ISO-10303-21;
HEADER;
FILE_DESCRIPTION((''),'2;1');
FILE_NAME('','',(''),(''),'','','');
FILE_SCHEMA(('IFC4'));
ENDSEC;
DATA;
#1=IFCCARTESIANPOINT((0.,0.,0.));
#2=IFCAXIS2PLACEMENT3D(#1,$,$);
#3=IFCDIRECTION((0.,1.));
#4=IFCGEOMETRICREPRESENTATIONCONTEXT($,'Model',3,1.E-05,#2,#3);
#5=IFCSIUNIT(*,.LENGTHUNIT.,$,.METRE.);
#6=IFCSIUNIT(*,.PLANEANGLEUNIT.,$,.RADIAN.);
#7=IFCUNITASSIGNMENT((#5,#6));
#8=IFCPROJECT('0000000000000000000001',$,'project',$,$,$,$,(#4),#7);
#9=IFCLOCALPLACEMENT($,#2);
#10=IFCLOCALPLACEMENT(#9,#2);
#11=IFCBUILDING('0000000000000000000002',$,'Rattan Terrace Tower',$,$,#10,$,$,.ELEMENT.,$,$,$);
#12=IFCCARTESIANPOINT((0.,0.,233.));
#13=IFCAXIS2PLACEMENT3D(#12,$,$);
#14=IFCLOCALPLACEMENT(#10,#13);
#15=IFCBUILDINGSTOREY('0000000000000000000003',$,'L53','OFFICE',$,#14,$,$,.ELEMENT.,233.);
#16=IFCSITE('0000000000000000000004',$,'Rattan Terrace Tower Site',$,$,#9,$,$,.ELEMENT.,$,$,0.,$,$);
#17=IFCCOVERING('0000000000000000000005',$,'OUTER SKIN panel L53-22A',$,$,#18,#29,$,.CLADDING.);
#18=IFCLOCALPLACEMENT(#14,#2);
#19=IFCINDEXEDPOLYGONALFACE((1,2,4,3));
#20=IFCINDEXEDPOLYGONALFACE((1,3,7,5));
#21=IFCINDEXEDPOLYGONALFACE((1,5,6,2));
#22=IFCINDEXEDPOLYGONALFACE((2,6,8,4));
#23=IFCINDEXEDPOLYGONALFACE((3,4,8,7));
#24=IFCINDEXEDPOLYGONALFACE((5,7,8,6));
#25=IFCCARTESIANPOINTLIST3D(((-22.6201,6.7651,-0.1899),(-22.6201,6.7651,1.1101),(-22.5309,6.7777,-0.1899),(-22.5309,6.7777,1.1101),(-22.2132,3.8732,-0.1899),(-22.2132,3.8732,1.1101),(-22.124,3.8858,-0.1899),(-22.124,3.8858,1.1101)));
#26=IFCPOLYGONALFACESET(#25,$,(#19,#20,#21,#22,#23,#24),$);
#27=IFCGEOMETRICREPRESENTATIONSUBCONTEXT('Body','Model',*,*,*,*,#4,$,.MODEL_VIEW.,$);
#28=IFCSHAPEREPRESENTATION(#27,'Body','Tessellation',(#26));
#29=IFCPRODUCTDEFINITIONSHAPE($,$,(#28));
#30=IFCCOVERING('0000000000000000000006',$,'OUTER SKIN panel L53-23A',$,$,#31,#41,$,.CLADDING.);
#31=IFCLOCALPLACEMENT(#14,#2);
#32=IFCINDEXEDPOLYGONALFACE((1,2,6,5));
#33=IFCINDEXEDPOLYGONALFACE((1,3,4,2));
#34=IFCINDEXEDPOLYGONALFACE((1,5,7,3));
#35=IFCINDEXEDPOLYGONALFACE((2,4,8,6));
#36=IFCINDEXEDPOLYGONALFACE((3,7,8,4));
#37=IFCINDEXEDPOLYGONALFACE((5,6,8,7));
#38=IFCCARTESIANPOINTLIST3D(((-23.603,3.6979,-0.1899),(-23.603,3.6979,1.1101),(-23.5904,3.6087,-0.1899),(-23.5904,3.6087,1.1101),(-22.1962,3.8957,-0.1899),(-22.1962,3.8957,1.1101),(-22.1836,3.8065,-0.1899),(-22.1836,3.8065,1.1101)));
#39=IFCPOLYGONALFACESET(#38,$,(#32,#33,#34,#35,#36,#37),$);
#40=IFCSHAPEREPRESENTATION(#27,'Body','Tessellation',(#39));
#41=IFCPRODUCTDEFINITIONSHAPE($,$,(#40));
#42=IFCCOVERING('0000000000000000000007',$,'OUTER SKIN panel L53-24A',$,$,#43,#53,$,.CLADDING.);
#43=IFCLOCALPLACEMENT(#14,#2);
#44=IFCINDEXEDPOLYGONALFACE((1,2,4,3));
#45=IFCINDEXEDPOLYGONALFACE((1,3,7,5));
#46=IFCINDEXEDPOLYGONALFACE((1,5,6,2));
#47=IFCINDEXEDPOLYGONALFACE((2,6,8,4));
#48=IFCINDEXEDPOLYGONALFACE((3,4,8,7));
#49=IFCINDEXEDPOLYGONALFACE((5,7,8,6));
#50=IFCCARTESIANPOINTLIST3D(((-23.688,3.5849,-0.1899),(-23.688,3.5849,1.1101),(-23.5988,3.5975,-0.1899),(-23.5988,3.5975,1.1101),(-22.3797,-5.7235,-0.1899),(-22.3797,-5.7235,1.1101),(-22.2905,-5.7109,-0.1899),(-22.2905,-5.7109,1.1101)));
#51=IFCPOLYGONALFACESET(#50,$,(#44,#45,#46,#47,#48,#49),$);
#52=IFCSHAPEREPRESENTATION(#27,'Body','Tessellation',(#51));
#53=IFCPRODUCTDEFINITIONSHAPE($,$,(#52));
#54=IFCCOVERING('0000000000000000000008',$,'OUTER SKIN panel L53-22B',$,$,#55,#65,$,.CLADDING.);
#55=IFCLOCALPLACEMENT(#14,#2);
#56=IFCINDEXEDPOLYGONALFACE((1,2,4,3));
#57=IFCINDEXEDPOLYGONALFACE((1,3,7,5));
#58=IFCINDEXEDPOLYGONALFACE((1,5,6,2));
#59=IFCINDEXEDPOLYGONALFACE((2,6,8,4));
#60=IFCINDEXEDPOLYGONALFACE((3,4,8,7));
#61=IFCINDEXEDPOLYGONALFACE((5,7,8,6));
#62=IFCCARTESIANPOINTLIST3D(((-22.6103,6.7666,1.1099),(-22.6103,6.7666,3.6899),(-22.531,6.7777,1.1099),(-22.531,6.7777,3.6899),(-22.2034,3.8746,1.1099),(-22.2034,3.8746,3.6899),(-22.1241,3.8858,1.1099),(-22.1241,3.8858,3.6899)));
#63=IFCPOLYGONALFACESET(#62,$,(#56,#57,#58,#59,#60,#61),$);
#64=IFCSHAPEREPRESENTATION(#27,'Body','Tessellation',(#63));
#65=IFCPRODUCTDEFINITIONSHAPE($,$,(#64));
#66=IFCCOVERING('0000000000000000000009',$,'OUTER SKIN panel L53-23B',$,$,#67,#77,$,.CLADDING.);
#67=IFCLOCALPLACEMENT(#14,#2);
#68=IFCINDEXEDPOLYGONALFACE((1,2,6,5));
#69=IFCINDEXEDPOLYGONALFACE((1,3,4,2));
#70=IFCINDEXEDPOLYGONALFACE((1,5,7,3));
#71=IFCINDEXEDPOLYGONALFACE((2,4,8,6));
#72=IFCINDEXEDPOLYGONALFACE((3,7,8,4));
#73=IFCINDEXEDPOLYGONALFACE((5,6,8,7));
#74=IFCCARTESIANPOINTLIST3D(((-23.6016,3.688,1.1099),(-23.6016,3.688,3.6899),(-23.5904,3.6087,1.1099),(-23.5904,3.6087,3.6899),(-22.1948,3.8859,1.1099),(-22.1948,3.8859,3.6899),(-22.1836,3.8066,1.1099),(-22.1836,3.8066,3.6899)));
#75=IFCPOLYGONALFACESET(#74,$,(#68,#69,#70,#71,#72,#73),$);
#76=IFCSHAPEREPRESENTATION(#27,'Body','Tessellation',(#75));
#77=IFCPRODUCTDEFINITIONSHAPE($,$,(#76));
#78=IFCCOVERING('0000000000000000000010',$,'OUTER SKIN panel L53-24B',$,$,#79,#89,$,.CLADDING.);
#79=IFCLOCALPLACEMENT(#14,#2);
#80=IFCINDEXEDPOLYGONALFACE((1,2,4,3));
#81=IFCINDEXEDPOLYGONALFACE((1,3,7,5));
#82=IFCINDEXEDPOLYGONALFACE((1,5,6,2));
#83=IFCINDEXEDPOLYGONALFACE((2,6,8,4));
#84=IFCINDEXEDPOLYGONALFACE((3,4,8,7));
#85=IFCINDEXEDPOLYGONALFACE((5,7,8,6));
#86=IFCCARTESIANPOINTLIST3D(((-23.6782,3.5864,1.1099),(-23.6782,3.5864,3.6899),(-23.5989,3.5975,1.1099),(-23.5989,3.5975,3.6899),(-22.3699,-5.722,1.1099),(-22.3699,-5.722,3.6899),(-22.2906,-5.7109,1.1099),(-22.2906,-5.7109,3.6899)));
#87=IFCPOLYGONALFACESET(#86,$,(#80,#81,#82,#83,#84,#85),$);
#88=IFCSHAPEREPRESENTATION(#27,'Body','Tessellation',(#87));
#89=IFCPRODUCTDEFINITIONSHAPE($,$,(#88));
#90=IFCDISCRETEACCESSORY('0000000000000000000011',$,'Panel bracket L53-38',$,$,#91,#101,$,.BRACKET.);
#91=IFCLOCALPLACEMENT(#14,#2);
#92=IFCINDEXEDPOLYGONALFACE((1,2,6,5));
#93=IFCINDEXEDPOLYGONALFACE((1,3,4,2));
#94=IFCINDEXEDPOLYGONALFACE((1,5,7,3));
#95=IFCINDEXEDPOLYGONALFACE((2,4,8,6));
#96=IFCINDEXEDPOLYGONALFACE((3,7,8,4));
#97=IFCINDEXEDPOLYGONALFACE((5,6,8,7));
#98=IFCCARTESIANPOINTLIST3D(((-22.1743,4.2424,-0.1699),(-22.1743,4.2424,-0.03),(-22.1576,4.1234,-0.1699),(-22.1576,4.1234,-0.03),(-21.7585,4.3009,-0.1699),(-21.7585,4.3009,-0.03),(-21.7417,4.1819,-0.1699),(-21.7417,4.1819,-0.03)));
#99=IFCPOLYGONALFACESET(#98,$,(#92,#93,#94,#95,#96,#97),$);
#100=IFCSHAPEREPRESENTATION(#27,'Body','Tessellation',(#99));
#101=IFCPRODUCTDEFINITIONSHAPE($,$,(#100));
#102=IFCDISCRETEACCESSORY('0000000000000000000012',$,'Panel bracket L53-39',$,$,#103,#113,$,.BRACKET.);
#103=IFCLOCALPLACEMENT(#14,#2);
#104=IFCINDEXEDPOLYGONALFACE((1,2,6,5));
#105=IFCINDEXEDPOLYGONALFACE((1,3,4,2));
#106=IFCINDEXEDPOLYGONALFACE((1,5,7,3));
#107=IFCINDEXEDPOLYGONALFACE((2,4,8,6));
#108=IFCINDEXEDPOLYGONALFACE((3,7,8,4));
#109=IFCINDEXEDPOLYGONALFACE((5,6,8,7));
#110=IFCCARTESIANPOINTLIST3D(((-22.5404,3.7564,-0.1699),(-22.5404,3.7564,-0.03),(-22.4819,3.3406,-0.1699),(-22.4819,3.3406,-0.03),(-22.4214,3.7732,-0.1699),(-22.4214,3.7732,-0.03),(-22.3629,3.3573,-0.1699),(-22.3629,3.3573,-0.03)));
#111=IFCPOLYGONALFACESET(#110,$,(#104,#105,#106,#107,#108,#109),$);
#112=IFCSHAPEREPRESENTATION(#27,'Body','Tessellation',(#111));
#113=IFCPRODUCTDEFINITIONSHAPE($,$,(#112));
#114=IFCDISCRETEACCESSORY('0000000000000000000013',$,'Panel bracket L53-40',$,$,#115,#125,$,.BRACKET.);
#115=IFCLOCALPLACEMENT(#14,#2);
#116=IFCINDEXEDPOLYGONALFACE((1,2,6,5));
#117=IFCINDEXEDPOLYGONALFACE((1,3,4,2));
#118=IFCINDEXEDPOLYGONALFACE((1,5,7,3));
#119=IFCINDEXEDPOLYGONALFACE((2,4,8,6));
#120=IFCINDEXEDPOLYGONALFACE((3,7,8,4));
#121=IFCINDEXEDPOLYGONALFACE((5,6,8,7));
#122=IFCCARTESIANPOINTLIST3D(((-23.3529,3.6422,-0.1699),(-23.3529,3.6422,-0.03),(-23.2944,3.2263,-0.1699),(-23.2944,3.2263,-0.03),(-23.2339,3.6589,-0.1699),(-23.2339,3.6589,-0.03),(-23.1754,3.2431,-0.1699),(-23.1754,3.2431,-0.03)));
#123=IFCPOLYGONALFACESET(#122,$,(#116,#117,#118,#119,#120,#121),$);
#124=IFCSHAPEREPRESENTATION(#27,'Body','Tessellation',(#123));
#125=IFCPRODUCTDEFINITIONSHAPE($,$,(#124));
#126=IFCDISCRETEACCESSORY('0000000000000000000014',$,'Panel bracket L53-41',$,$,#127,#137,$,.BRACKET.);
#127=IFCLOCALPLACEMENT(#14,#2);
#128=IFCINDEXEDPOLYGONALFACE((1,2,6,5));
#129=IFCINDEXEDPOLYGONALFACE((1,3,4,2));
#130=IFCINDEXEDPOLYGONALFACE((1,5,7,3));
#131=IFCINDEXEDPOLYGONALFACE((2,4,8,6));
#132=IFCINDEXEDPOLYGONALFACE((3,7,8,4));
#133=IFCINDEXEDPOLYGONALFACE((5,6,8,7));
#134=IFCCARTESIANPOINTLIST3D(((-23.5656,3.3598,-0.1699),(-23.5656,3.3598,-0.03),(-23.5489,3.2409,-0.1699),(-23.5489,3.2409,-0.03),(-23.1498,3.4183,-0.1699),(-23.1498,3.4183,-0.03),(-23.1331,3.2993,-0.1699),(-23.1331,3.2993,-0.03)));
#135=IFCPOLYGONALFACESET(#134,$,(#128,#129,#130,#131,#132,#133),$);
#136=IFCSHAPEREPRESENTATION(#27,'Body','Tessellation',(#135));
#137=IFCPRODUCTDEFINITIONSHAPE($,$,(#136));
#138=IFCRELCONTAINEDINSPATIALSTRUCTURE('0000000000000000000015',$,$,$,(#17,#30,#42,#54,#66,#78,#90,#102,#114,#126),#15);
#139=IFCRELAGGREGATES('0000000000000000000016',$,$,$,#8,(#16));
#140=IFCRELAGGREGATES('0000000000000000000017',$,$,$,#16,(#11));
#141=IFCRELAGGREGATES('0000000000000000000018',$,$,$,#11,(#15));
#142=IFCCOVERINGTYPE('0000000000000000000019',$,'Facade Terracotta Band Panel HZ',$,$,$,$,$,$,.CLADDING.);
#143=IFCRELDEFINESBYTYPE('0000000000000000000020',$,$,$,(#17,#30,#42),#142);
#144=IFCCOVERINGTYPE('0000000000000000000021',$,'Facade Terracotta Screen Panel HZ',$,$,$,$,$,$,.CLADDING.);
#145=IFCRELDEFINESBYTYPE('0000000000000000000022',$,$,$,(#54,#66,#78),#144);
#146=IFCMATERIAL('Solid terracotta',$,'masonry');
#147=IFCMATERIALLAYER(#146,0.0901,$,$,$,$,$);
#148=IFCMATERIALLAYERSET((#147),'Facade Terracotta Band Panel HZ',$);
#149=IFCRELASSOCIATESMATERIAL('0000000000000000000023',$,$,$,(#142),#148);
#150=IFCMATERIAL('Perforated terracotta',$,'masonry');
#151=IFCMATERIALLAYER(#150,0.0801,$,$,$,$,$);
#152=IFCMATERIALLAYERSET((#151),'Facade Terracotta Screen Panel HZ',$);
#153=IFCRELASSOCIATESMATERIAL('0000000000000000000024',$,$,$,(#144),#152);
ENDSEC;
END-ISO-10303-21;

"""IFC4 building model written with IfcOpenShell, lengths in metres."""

from ifc_helpers import new_model, si_unit, direction, frame, origin, origin_2d, place, context, subcontext, project, spatial, rectangle, extrude, material, layer, layer_set, type_object, element, save


model = new_model("IFC4")

# Units and contexts
model_context = context("Model", 3, precision=1e-05, world=origin(), true_north=direction((0.0, 1.0)))
body_context = subcontext(model_context, "Body", "Model", "MODEL_VIEW")
ifc_project = project(units=[si_unit("LENGTHUNIT", "METRE"), si_unit("PLANEANGLEUNIT", "RADIAN")], contexts=[model_context])

# Site, building, storey
site_placement = place(None, origin())
site = spatial("IfcSite", under=ifc_project, at=site_placement, Name="Rattan Terrace Tower Site", CompositionType="ELEMENT", RefElevation=0.0)
building_placement = place(site_placement, origin())
building = spatial("IfcBuilding", under=site, at=building_placement, Name="Rattan Terrace Tower", CompositionType="ELEMENT")
storey_placement = place(building_placement, frame((0.0, 0.0, 233.0)))
storey = spatial("IfcBuildingStorey", under=building, at=storey_placement, Name="L53", Description="OFFICE", CompositionType="ELEMENT", Elevation=233.0)

# Coverings
ifc_material_1 = material(Name="Solid terracotta", Category="masonry")
ifc_layer_1 = layer(ifc_material_1, 0.0901)
ifc_layer_set_1 = layer_set([ifc_layer_1], Name="Facade Terracotta Band Panel HZ")
covering_type_1 = type_object("IfcCoveringType", Name="Facade Terracotta Band Panel HZ", PredefinedType="CLADDING", material=ifc_layer_set_1)
covering_1_placement = place(storey_placement, frame((-22.3721, 5.3254, -0.1899), z_axis=(0.0, 0.0, 1.0), x_axis=(0.139321, -0.990247, 0.0)))
element("IfcCovering", 1, at=covering_1_placement, inside=storey, type_object=covering_type_1, Name="OUTER SKIN panel L53-22A", PredefinedType="CLADDING", context=body_context, shape_type="SweptSolid", body=[
    extrude(rectangle(XDim=2.9204, YDim=0.0901, at=origin_2d()), origin(), (0.0, 0.0, 1.0), 1.3),
])
covering_2_placement = place(storey_placement, frame((-22.8933, 3.7522, -0.1899), z_axis=(0.0, 0.0, 1.0), x_axis=(-0.990254, -0.139275, 0.0)))
element("IfcCovering", 2, at=covering_2_placement, inside=storey, type_object=covering_type_1, Name="OUTER SKIN panel L53-23A", PredefinedType="CLADDING", context=body_context, shape_type="SweptSolid", body=[
    extrude(rectangle(XDim=1.4207, YDim=0.0901, at=origin_2d()), origin(), (0.0, 0.0, 1.0), 1.3),
])
covering_3_placement = place(storey_placement, frame((-22.9893, -1.063, -0.1899), z_axis=(0.0, 0.0, 1.0), x_axis=(0.139186, -0.990266, 0.0)))
element("IfcCovering", 3, at=covering_3_placement, inside=storey, type_object=covering_type_1, Name="OUTER SKIN panel L53-24A", PredefinedType="CLADDING", context=body_context, shape_type="SweptSolid", body=[
    extrude(rectangle(XDim=9.3999, YDim=0.0901, at=origin_2d()), origin(), (0.0, 0.0, 1.0), 1.3),
])
ifc_material_2 = material(Name="Perforated terracotta", Category="masonry")
ifc_layer_2 = layer(ifc_material_2, 0.0801)
ifc_layer_set_2 = layer_set([ifc_layer_2], Name="Facade Terracotta Screen Panel HZ")
covering_type_2 = type_object("IfcCoveringType", Name="Facade Terracotta Screen Panel HZ", PredefinedType="CLADDING", material=ifc_layer_set_2)
covering_4_placement = place(storey_placement, frame((-22.3672, 5.3262, 1.1099), z_axis=(0.0, 0.0, 1.0), x_axis=(0.139321, -0.990247, 0.0)))
element("IfcCovering", 4, at=covering_4_placement, inside=storey, type_object=covering_type_2, Name="OUTER SKIN panel L53-22B", PredefinedType="CLADDING", context=body_context, shape_type="SweptSolid", body=[
    extrude(rectangle(XDim=2.9204, YDim=0.0801, at=origin_2d()), origin(), (0.0, 0.0, 1.0), 2.5801),
])
covering_5_placement = place(storey_placement, frame((-22.8926, 3.7473, 1.1099), z_axis=(0.0, 0.0, 1.0), x_axis=(-0.990254, -0.139275, 0.0)))
element("IfcCovering", 5, at=covering_5_placement, inside=storey, type_object=covering_type_2, Name="OUTER SKIN panel L53-23B", PredefinedType="CLADDING", context=body_context, shape_type="SweptSolid", body=[
    extrude(rectangle(XDim=1.4207, YDim=0.0801, at=origin_2d()), origin(), (0.0, 0.0, 1.0), 2.5801),
])
covering_6_placement = place(storey_placement, frame((-22.9844, -1.0623, 1.1099), z_axis=(0.0, 0.0, 1.0), x_axis=(0.139186, -0.990266, 0.0)))
element("IfcCovering", 6, at=covering_6_placement, inside=storey, type_object=covering_type_2, Name="OUTER SKIN panel L53-24B", PredefinedType="CLADDING", context=body_context, shape_type="SweptSolid", body=[
    extrude(rectangle(XDim=9.3999, YDim=0.0801, at=origin_2d()), origin(), (0.0, 0.0, 1.0), 2.5801),
])

# Discrete accessories
for number, where, z_axis, x_axis, name in (
    (7, (-21.958, 4.2122, -0.1699), (0.0, 0.0, 1.0), (0.139321, -0.990247, 0.0), "Panel bracket L53-38"),
    (8, (-22.4517, 3.5569, -0.1699), (0.0, 0.0, 1.0), (-0.990254, -0.139275, 0.0), "Panel bracket L53-39"),
    (9, (-23.2642, 3.4426, -0.1699), (0.0, 0.0, 1.0), (-0.990254, -0.139275, 0.0), "Panel bracket L53-40"),
    (10, (-23.3494, 3.3296, -0.1699), (0.0, 0.0, 1.0), (0.139186, -0.990266, 0.0), "Panel bracket L53-41"),
):
    element("IfcDiscreteAccessory", number, at=place(storey_placement, frame(where, z_axis=z_axis, x_axis=x_axis)), inside=storey, Name=name, PredefinedType="BRACKET", context=body_context, shape_type="SweptSolid", body=[
        extrude(rectangle(XDim=0.1201, YDim=0.4199, at=origin_2d()), origin(), (0.0, 0.0, 1.0), 0.1399),
    ])

save(model, "model.ifc")
